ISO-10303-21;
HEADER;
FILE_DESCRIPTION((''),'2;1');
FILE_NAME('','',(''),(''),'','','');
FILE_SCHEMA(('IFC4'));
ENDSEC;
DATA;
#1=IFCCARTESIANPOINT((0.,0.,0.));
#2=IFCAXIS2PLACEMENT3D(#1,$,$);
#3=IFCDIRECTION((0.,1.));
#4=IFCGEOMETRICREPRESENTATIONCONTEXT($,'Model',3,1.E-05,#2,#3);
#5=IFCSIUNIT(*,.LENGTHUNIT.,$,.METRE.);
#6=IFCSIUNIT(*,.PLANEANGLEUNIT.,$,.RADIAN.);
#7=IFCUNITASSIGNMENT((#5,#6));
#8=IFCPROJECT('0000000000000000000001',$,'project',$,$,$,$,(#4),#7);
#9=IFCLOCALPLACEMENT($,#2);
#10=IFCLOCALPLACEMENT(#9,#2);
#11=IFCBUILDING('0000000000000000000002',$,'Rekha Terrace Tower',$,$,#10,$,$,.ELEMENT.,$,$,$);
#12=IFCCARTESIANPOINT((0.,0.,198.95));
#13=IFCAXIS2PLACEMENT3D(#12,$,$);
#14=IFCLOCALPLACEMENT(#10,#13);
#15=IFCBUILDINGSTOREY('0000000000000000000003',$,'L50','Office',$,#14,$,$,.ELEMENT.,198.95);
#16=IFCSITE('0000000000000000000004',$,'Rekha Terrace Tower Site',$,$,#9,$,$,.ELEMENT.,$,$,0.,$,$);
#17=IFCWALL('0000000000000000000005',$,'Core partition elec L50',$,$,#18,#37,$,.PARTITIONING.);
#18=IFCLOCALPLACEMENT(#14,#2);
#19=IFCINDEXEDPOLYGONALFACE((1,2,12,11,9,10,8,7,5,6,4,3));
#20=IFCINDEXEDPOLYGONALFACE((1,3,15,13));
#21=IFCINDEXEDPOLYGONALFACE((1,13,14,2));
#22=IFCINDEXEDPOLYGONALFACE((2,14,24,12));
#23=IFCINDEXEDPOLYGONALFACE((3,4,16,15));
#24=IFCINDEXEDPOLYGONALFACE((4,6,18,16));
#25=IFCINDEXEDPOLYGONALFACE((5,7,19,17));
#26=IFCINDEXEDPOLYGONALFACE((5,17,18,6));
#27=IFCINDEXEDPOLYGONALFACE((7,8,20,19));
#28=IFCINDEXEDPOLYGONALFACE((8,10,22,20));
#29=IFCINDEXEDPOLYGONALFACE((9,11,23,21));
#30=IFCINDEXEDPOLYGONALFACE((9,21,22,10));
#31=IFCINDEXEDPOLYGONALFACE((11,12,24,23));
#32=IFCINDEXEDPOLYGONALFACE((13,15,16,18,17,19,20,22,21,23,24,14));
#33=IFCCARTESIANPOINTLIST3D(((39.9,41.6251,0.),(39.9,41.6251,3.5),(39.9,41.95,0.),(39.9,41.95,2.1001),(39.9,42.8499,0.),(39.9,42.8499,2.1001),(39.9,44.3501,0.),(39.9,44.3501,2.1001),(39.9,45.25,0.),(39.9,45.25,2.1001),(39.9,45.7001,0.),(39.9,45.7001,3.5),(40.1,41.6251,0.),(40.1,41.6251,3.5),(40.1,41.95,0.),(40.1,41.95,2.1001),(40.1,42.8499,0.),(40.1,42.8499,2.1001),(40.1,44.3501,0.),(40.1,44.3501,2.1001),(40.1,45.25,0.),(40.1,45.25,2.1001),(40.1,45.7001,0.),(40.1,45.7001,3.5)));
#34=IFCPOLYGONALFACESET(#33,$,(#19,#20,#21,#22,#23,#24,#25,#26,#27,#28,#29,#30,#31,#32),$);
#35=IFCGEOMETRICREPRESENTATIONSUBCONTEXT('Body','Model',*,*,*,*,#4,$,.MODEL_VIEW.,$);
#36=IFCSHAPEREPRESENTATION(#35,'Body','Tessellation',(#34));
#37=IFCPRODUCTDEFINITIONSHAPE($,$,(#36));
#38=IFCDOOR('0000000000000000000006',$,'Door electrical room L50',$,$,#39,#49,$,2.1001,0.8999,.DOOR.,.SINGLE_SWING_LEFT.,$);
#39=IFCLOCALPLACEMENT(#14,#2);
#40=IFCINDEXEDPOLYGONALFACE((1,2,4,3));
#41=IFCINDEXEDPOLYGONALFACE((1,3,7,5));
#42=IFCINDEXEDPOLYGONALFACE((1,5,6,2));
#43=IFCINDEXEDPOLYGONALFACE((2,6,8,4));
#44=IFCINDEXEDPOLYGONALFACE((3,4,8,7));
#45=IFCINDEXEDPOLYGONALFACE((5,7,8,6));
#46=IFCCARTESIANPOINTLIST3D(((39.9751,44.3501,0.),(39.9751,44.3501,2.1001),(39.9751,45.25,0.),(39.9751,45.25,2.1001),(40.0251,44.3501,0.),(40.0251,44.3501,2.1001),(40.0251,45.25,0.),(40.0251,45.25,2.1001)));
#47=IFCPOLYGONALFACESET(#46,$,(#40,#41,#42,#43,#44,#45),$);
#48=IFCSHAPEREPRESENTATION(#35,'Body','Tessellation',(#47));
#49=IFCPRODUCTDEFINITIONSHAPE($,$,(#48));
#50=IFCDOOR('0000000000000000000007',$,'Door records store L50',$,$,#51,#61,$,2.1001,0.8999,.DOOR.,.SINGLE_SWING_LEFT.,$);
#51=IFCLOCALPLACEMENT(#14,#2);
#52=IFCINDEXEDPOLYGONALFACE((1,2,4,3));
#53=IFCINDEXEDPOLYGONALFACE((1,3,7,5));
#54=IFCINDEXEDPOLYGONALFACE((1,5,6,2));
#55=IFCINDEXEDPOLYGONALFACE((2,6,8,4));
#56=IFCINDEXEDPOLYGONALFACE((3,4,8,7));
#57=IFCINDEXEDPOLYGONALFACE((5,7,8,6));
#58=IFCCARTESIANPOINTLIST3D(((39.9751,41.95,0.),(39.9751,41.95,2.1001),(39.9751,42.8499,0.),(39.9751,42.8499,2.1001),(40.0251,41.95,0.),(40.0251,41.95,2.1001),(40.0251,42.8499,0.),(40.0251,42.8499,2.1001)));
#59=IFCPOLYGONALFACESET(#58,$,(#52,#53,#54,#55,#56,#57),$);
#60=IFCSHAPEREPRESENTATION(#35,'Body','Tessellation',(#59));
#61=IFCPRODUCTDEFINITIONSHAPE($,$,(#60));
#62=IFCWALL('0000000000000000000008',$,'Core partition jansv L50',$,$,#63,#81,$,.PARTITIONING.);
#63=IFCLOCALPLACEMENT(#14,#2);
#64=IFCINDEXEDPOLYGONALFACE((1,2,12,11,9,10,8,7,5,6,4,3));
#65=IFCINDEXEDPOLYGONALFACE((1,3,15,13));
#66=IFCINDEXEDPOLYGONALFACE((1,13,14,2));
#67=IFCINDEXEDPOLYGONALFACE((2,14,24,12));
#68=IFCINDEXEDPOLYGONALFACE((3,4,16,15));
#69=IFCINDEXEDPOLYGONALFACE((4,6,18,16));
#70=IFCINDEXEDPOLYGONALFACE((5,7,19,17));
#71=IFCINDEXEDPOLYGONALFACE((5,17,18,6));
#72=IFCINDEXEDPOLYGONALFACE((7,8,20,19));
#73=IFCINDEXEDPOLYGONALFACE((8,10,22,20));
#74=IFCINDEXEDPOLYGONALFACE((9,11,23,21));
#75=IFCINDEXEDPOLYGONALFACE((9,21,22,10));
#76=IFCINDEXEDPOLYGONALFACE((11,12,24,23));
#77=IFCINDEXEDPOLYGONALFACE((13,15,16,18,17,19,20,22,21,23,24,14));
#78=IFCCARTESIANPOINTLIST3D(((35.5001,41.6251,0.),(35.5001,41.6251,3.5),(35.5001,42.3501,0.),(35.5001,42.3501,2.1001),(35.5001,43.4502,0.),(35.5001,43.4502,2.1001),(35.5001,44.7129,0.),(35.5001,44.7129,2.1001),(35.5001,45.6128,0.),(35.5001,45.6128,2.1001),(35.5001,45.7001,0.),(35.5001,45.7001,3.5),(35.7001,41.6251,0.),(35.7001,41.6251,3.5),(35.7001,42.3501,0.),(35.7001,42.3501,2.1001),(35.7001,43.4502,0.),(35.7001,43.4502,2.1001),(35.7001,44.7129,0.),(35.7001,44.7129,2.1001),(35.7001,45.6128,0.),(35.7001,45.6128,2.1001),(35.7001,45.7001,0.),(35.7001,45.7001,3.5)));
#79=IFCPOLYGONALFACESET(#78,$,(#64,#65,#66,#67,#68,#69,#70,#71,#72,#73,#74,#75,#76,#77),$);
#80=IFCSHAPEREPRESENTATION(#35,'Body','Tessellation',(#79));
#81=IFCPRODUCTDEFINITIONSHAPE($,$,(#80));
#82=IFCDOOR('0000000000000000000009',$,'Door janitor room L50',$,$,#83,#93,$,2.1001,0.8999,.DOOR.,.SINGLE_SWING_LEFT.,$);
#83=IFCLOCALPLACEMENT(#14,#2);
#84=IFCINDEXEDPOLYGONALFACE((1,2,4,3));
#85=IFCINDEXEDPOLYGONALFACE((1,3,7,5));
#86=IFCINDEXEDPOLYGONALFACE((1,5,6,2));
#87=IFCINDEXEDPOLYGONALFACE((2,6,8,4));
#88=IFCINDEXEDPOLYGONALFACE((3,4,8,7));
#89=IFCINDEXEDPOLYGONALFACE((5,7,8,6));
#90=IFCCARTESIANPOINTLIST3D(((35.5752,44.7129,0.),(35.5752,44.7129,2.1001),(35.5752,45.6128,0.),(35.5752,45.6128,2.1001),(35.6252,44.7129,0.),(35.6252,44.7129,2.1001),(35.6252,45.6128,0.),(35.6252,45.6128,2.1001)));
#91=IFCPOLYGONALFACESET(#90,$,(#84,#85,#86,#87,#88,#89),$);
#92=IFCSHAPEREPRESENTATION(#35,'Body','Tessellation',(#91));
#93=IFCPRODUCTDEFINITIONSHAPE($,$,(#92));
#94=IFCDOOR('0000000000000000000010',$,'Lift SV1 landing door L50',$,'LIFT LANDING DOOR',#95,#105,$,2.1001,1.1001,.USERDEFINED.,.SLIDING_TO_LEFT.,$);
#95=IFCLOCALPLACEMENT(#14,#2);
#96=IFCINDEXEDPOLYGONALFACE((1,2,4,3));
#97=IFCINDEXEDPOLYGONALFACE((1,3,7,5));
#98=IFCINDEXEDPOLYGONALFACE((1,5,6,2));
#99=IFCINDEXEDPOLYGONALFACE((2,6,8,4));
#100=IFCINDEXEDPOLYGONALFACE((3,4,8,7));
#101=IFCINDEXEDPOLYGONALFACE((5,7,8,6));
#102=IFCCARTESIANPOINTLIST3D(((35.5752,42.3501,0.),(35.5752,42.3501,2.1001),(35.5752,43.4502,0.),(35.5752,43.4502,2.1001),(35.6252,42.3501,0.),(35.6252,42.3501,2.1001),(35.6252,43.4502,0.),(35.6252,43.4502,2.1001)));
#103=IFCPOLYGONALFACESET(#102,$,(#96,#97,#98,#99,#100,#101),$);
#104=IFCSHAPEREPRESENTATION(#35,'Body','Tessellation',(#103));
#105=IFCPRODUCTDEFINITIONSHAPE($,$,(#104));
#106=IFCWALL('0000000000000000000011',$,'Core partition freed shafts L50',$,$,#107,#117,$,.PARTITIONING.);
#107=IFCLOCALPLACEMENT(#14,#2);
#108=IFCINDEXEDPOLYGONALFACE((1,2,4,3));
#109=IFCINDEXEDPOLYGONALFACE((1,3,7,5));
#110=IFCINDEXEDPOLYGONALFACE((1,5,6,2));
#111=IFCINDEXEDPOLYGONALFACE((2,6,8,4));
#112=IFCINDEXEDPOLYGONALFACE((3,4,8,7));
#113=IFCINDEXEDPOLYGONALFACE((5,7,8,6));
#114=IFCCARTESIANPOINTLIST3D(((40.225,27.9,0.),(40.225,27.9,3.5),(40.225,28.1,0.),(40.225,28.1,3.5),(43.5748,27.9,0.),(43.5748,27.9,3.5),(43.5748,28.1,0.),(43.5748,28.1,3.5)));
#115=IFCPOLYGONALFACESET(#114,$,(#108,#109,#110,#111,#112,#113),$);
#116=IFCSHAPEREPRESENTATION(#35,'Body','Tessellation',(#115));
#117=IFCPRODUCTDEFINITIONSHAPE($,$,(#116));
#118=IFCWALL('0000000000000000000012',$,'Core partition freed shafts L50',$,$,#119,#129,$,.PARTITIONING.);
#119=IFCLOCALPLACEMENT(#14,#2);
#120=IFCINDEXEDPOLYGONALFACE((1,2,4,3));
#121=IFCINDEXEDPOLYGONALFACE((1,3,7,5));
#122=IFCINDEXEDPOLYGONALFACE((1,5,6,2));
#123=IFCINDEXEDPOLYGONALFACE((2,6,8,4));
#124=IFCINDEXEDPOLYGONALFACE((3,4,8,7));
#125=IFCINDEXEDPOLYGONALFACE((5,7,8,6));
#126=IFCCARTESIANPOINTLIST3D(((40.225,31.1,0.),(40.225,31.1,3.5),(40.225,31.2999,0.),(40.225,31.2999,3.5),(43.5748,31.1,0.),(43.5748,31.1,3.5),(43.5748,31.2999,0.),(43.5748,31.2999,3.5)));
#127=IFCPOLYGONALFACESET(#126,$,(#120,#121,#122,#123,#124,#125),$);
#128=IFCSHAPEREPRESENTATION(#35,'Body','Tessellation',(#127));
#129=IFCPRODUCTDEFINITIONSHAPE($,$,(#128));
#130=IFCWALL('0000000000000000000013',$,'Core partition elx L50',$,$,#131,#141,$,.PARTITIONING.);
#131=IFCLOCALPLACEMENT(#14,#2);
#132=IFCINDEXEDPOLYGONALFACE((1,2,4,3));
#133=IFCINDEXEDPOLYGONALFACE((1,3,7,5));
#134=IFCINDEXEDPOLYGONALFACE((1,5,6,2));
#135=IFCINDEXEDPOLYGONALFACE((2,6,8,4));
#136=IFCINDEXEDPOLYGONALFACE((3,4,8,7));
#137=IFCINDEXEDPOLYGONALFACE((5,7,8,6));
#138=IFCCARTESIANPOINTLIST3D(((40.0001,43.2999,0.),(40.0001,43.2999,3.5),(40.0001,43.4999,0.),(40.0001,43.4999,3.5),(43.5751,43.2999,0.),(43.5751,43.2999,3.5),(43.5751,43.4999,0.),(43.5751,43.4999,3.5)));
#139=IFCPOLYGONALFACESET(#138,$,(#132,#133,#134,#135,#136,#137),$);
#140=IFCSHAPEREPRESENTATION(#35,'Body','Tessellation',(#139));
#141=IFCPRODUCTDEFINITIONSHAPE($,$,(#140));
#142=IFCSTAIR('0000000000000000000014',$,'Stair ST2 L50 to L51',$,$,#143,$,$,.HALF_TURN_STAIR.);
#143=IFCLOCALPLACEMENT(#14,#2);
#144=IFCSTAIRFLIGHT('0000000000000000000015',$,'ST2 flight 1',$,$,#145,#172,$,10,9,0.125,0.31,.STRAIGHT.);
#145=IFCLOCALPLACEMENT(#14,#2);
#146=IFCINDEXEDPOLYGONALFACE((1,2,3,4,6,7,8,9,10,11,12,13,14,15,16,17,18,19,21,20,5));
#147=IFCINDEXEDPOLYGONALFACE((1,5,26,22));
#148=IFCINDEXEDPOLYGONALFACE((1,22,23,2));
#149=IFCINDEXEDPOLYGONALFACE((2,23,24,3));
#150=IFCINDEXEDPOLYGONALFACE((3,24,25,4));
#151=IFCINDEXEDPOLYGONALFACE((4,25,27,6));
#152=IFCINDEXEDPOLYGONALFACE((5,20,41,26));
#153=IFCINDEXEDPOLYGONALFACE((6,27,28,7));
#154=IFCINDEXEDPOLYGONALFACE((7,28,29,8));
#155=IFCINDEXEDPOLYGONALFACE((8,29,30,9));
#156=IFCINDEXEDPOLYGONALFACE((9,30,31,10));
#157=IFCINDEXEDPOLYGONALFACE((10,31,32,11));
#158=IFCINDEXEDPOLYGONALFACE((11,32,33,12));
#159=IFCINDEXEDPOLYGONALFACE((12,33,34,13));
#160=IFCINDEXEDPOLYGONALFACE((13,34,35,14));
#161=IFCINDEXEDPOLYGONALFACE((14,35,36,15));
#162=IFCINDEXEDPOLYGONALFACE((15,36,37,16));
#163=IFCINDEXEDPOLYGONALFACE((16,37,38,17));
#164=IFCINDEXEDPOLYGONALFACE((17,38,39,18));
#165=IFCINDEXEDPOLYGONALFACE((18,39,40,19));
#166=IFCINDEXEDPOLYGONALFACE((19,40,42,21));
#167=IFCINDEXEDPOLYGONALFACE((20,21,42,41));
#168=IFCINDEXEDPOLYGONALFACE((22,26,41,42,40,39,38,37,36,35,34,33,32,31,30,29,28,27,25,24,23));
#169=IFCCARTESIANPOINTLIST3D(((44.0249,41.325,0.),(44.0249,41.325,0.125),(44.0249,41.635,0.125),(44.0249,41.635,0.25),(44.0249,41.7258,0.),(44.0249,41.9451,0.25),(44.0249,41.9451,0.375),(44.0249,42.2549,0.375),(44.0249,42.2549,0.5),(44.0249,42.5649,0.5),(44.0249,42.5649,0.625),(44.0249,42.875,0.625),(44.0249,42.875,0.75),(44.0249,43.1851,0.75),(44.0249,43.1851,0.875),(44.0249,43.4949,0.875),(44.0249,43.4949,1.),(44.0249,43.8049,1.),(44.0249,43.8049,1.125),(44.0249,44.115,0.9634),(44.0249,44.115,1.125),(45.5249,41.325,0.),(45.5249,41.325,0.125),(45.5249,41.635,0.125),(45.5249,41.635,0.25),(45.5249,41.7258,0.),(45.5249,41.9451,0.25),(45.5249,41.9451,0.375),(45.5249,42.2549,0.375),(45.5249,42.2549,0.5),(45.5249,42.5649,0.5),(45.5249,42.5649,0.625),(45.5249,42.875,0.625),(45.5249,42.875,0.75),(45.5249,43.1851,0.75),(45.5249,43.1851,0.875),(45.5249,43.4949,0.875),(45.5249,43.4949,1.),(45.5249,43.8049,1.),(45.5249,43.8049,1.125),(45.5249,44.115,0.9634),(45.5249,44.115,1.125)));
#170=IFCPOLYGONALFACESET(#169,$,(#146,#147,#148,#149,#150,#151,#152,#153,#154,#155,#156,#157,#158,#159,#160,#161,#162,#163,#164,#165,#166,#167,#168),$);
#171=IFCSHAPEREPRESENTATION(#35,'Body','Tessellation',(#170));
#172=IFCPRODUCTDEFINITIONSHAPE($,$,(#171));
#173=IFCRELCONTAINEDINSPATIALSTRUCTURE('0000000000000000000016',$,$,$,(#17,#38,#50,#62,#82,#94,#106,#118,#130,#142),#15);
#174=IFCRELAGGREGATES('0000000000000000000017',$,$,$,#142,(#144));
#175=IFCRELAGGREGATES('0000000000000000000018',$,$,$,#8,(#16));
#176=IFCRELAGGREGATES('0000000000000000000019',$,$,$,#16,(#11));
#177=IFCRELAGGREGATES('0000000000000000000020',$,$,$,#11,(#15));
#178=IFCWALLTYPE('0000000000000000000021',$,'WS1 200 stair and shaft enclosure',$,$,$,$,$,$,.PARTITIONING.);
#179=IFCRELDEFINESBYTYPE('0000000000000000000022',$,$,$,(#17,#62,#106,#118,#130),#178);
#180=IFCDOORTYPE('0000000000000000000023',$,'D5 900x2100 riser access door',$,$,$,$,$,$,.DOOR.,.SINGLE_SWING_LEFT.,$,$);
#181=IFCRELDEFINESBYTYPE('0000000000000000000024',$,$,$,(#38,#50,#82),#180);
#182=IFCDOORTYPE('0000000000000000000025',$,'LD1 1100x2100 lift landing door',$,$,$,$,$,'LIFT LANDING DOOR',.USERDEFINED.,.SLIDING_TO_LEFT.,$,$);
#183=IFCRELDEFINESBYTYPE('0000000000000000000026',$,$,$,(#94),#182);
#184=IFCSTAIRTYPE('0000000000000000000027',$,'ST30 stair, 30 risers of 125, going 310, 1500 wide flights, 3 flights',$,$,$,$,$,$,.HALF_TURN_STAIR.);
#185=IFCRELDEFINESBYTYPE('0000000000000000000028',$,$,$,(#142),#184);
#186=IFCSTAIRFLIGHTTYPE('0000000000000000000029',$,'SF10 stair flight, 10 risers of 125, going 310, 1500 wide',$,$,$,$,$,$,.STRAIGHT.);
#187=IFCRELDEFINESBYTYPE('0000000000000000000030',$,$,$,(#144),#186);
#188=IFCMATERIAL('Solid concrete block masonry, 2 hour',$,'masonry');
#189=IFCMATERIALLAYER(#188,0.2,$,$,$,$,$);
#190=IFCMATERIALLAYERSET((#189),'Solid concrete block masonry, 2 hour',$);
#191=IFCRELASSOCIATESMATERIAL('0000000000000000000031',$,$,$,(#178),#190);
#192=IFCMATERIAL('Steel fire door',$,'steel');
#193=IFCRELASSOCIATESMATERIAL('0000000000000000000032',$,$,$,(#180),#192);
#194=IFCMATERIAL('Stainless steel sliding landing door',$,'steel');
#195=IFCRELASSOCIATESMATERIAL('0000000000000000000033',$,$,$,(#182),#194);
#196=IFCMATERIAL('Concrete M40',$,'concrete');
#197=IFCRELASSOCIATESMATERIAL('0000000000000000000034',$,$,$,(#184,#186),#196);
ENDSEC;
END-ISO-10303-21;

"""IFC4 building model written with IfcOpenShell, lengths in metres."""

from ifc_helpers import new_model, si_unit, direction, frame, frame_2d, origin, place, context, subcontext, project, spatial, polyline, rectangle, outline, extrude, material, layer, layer_set, type_object, element, fill, aggregate, save


model = new_model("IFC4")

# Units and contexts
model_context = context("Model", 3, precision=1e-05, world=origin(), true_north=direction((0.0, 1.0)))
body_context = subcontext(model_context, "Body", "Model", "MODEL_VIEW")
ifc_project = project(units=[si_unit("LENGTHUNIT", "METRE"), si_unit("PLANEANGLEUNIT", "RADIAN")], contexts=[model_context])

# Site, building, storey
site_placement = place(None, origin())
site = spatial("IfcSite", under=ifc_project, at=site_placement, Name="Rekha Terrace Tower Site", CompositionType="ELEMENT", RefElevation=0.0)
building_placement = place(site_placement, origin())
building = spatial("IfcBuilding", under=site, at=building_placement, Name="Rekha Terrace Tower", CompositionType="ELEMENT")
storey_placement = place(building_placement, frame((0.0, 0.0, 198.95)))
storey = spatial("IfcBuildingStorey", under=building, at=storey_placement, Name="L50", Description="Office", CompositionType="ELEMENT", Elevation=198.95)

# Shared definitions
ifc_material_1 = material(Name="Stainless steel sliding landing door", Category="steel")
ifc_material_2 = material(Name="Steel fire door", Category="steel")

# Shared definitions
ifc_material_3 = material(Name="Solid concrete block masonry, 2 hour", Category="masonry")
ifc_layer_1 = layer(ifc_material_3, 0.2)
ifc_layer_set_1 = layer_set([ifc_layer_1], Name="Solid concrete block masonry, 2 hour")
wall_type_1 = type_object("IfcWallType", Name="WS1 200 stair and shaft enclosure", PredefinedType="PARTITIONING", material=ifc_layer_set_1)

# Walls, openings, doors
wall_1_placement = place(storey_placement, frame((40.0, 41.625, 0.0), z_axis=(0.0, 0.0, 1.0), x_axis=(0.0, 1.0, 0.0)))
wall_1 = element("IfcWall", 1, at=wall_1_placement, inside=storey, type_object=wall_type_1, Name="Core partition elec L50", PredefinedType="PARTITIONING", context=body_context, shape_type="SweptSolid", body=[
    extrude(rectangle(XDim=4.075, YDim=0.2, at=frame_2d((2.0376, 0.0))), origin(), (0.0, 0.0, 1.0), 3.5),
])
opening_1_placement = place(wall_1_placement, frame((2.7251, 0.0, 0.0)))
opening_1 = element("IfcOpeningElement", 2, at=opening_1_placement, cuts=wall_1, PredefinedType="OPENING", context=body_context, shape_type="SweptSolid", body=[
    extrude(rectangle(XDim=0.8999, YDim=2.1001, at=frame_2d((0.45, 1.05))), frame((0.0, 0.1099, 0.0), z_axis=(0.0, -1.0, 0.0), x_axis=(1.0, 0.0, 0.0)), (0.0, 0.0, 1.0), 0.22),
])
opening_2_placement = place(wall_1_placement, frame((0.325, 0.0, 0.0)))
opening_2 = element("IfcOpeningElement", 3, at=opening_2_placement, cuts=wall_1, PredefinedType="OPENING", context=body_context, shape_type="SweptSolid", body=[
    extrude(rectangle(XDim=0.8999, YDim=2.1001, at=frame_2d((0.45, 1.05))), frame((0.0, 0.1099, 0.0), z_axis=(0.0, -1.0, 0.0), x_axis=(1.0, 0.0, 0.0)), (0.0, 0.0, 1.0), 0.22),
])
door_type_1 = type_object("IfcDoorType", Name="D5 900x2100 riser access door", OperationType="SINGLE_SWING_LEFT", PredefinedType="DOOR", material=ifc_material_2)
door_1_placement = place(opening_1_placement, origin())
door_1 = element("IfcDoor", 4, at=door_1_placement, inside=storey, type_object=door_type_1, Name="Door electrical room L50", OperationType="SINGLE_SWING_LEFT", OverallHeight=2.1001, OverallWidth=0.8999, PredefinedType="DOOR", context=body_context, shape_type="SweptSolid", body=[
    extrude(rectangle(XDim=0.8999, YDim=2.1001, at=frame_2d((0.45, 1.05))), frame((0.0, 0.0249, 0.0), z_axis=(0.0, -1.0, 0.0), x_axis=(1.0, 0.0, 0.0)), (0.0, 0.0, 1.0), 0.05),
])
fill(opening_1, door_1)
door_2_placement = place(opening_2_placement, origin())
door_2 = element("IfcDoor", 5, at=door_2_placement, inside=storey, type_object=door_type_1, Name="Door records store L50", OperationType="SINGLE_SWING_LEFT", OverallHeight=2.1001, OverallWidth=0.8999, PredefinedType="DOOR", context=body_context, shape_type="SweptSolid", body=[
    extrude(rectangle(XDim=0.8999, YDim=2.1001, at=frame_2d((0.45, 1.05))), frame((0.0, 0.0249, 0.0), z_axis=(0.0, -1.0, 0.0), x_axis=(1.0, 0.0, 0.0)), (0.0, 0.0, 1.0), 0.05),
])
fill(opening_2, door_2)
wall_2_placement = place(storey_placement, frame((35.6001, 41.625, 0.0), z_axis=(0.0, 0.0, 1.0), x_axis=(0.0, 1.0, 0.0)))
wall_2 = element("IfcWall", 6, at=wall_2_placement, inside=storey, type_object=wall_type_1, Name="Core partition jansv L50", PredefinedType="PARTITIONING", context=body_context, shape_type="SweptSolid", body=[
    extrude(rectangle(XDim=4.075, YDim=0.2, at=frame_2d((2.0376, 0.0))), origin(), (0.0, 0.0, 1.0), 3.5),
])
opening_3_placement = place(wall_2_placement, frame((3.0879, 0.0, 0.0)))
opening_3 = element("IfcOpeningElement", 7, at=opening_3_placement, cuts=wall_2, PredefinedType="OPENING", context=body_context, shape_type="SweptSolid", body=[
    extrude(rectangle(XDim=0.8999, YDim=2.1001, at=frame_2d((0.45, 1.05))), frame((0.0, 0.1099, 0.0), z_axis=(0.0, -1.0, 0.0), x_axis=(1.0, 0.0, 0.0)), (0.0, 0.0, 1.0), 0.22),
])
opening_4_placement = place(wall_2_placement, frame((0.7251, 0.0, 0.0)))
opening_4 = element("IfcOpeningElement", 8, at=opening_4_placement, cuts=wall_2, PredefinedType="OPENING", context=body_context, shape_type="SweptSolid", body=[
    extrude(rectangle(XDim=1.1001, YDim=2.1001, at=frame_2d((0.55, 1.05))), frame((0.0, 0.1099, 0.0), z_axis=(0.0, -1.0, 0.0), x_axis=(1.0, 0.0, 0.0)), (0.0, 0.0, 1.0), 0.22),
])
door_3_placement = place(opening_3_placement, origin())
door_3 = element("IfcDoor", 9, at=door_3_placement, inside=storey, type_object=door_type_1, Name="Door janitor room L50", OperationType="SINGLE_SWING_LEFT", OverallHeight=2.1001, OverallWidth=0.8999, PredefinedType="DOOR", context=body_context, shape_type="SweptSolid", body=[
    extrude(rectangle(XDim=0.8999, YDim=2.1001, at=frame_2d((0.45, 1.05))), frame((0.0, 0.0249, 0.0), z_axis=(0.0, -1.0, 0.0), x_axis=(1.0, 0.0, 0.0)), (0.0, 0.0, 1.0), 0.05),
])
fill(opening_3, door_3)
door_type_2 = type_object("IfcDoorType", Name="LD1 1100x2100 lift landing door", ElementType="LIFT LANDING DOOR", OperationType="SLIDING_TO_LEFT", PredefinedType="USERDEFINED", material=ifc_material_1)
door_4_placement = place(opening_4_placement, origin())
door_4 = element("IfcDoor", 10, at=door_4_placement, inside=storey, type_object=door_type_2, Name="Lift SV1 landing door L50", ObjectType="LIFT LANDING DOOR", OperationType="SLIDING_TO_LEFT", OverallHeight=2.1001, OverallWidth=1.1001, PredefinedType="USERDEFINED", context=body_context, shape_type="SweptSolid", body=[
    extrude(rectangle(XDim=1.1001, YDim=2.1001, at=frame_2d((0.55, 1.05))), frame((0.0, 0.0249, 0.0), z_axis=(0.0, -1.0, 0.0), x_axis=(1.0, 0.0, 0.0)), (0.0, 0.0, 1.0), 0.05),
])
fill(opening_4, door_4)

# Walls
for number, where, z_axis, x_axis, name in (
    (11, (40.2251, 28.0, 0.0), (0.0, 0.0, 1.0), (1.0, 0.0, 0.0), "Core partition freed shafts L50"),
    (12, (40.2251, 31.2, 0.0), (0.0, 0.0, 1.0), (1.0, 0.0, 0.0), "Core partition freed shafts L50"),
):
    element("IfcWall", number, at=place(storey_placement, frame(where, z_axis=z_axis, x_axis=x_axis)), inside=storey, type_object=wall_type_1, Name=name, PredefinedType="PARTITIONING", context=body_context, shape_type="SweptSolid", body=[
        extrude(rectangle(XDim=3.3499, YDim=0.2, at=frame_2d((1.6748, 0.0))), origin(), (0.0, 0.0, 1.0), 3.5),
    ])
wall_3_placement = place(storey_placement, frame((40.0, 43.3999, 0.0), z_axis=(0.0, 0.0, 1.0), x_axis=(1.0, 0.0, 0.0)))
element("IfcWall", 13, at=wall_3_placement, inside=storey, type_object=wall_type_1, Name="Core partition elx L50", PredefinedType="PARTITIONING", context=body_context, shape_type="SweptSolid", body=[
    extrude(rectangle(XDim=3.575, YDim=0.2, at=frame_2d((1.7876, 0.0))), origin(), (0.0, 0.0, 1.0), 3.5),
])

# Stair, stair flight
ifc_material_4 = material(Name="Concrete M40", Category="concrete")
stair_type = type_object("IfcStairType", Name="ST30 stair, 30 risers of 125, going 310, 1500 wide flights, 3 flights", PredefinedType="HALF_TURN_STAIR", material=ifc_material_4)
stair_placement = place(storey_placement, origin())
stair = element("IfcStair", 14, at=stair_placement, inside=storey, type_object=stair_type, Name="Stair ST2 L50 to L51", PredefinedType="HALF_TURN_STAIR")
stair_flight_type = type_object("IfcStairFlightType", Name="SF10 stair flight, 10 risers of 125, going 310, 1500 wide", PredefinedType="STRAIGHT", material=ifc_material_4)
stair_flight_placement = place(storey_placement, frame((44.7749, 41.325, 0.0), z_axis=(0.0, 0.0, 1.0), x_axis=(0.0, 1.0, 0.0)))
stair_flight = element("IfcStairFlight", 15, at=stair_flight_placement, type_object=stair_flight_type, Name="ST2 flight 1", NumberOfRisers=10, NumberOfTreads=9, PredefinedType="STRAIGHT", RiserHeight=0.125, TreadLength=0.31, context=body_context, shape_type="SweptSolid", body=[
    extrude(outline(polyline([(0.0, 0.0), (0.0, 0.125), (0.3101, 0.125), (0.3101, 0.25), (0.6201, 0.25), (0.6201, 0.375), (0.9299, 0.375), (0.9299, 0.5), (1.24, 0.5), (1.24, 0.625), (1.55, 0.625), (1.55, 0.75), (1.8601, 0.75), (1.8601, 0.875), (2.1699, 0.875), (2.1699, 1.0), (2.48, 1.0), (2.48, 1.125), (2.79, 1.125), (2.79, 1.25), (2.79, 0.9634), (0.4009, 0.0), (0.0, 0.0)])), frame((0.0, 0.75, 0.0), z_axis=(0.0, -1.0, 0.0), x_axis=(1.0, 0.0, 0.0)), (0.0, 0.0, 1.0), 1.5),
])
aggregate(stair, [stair_flight])

save(model, "model.ifc")
